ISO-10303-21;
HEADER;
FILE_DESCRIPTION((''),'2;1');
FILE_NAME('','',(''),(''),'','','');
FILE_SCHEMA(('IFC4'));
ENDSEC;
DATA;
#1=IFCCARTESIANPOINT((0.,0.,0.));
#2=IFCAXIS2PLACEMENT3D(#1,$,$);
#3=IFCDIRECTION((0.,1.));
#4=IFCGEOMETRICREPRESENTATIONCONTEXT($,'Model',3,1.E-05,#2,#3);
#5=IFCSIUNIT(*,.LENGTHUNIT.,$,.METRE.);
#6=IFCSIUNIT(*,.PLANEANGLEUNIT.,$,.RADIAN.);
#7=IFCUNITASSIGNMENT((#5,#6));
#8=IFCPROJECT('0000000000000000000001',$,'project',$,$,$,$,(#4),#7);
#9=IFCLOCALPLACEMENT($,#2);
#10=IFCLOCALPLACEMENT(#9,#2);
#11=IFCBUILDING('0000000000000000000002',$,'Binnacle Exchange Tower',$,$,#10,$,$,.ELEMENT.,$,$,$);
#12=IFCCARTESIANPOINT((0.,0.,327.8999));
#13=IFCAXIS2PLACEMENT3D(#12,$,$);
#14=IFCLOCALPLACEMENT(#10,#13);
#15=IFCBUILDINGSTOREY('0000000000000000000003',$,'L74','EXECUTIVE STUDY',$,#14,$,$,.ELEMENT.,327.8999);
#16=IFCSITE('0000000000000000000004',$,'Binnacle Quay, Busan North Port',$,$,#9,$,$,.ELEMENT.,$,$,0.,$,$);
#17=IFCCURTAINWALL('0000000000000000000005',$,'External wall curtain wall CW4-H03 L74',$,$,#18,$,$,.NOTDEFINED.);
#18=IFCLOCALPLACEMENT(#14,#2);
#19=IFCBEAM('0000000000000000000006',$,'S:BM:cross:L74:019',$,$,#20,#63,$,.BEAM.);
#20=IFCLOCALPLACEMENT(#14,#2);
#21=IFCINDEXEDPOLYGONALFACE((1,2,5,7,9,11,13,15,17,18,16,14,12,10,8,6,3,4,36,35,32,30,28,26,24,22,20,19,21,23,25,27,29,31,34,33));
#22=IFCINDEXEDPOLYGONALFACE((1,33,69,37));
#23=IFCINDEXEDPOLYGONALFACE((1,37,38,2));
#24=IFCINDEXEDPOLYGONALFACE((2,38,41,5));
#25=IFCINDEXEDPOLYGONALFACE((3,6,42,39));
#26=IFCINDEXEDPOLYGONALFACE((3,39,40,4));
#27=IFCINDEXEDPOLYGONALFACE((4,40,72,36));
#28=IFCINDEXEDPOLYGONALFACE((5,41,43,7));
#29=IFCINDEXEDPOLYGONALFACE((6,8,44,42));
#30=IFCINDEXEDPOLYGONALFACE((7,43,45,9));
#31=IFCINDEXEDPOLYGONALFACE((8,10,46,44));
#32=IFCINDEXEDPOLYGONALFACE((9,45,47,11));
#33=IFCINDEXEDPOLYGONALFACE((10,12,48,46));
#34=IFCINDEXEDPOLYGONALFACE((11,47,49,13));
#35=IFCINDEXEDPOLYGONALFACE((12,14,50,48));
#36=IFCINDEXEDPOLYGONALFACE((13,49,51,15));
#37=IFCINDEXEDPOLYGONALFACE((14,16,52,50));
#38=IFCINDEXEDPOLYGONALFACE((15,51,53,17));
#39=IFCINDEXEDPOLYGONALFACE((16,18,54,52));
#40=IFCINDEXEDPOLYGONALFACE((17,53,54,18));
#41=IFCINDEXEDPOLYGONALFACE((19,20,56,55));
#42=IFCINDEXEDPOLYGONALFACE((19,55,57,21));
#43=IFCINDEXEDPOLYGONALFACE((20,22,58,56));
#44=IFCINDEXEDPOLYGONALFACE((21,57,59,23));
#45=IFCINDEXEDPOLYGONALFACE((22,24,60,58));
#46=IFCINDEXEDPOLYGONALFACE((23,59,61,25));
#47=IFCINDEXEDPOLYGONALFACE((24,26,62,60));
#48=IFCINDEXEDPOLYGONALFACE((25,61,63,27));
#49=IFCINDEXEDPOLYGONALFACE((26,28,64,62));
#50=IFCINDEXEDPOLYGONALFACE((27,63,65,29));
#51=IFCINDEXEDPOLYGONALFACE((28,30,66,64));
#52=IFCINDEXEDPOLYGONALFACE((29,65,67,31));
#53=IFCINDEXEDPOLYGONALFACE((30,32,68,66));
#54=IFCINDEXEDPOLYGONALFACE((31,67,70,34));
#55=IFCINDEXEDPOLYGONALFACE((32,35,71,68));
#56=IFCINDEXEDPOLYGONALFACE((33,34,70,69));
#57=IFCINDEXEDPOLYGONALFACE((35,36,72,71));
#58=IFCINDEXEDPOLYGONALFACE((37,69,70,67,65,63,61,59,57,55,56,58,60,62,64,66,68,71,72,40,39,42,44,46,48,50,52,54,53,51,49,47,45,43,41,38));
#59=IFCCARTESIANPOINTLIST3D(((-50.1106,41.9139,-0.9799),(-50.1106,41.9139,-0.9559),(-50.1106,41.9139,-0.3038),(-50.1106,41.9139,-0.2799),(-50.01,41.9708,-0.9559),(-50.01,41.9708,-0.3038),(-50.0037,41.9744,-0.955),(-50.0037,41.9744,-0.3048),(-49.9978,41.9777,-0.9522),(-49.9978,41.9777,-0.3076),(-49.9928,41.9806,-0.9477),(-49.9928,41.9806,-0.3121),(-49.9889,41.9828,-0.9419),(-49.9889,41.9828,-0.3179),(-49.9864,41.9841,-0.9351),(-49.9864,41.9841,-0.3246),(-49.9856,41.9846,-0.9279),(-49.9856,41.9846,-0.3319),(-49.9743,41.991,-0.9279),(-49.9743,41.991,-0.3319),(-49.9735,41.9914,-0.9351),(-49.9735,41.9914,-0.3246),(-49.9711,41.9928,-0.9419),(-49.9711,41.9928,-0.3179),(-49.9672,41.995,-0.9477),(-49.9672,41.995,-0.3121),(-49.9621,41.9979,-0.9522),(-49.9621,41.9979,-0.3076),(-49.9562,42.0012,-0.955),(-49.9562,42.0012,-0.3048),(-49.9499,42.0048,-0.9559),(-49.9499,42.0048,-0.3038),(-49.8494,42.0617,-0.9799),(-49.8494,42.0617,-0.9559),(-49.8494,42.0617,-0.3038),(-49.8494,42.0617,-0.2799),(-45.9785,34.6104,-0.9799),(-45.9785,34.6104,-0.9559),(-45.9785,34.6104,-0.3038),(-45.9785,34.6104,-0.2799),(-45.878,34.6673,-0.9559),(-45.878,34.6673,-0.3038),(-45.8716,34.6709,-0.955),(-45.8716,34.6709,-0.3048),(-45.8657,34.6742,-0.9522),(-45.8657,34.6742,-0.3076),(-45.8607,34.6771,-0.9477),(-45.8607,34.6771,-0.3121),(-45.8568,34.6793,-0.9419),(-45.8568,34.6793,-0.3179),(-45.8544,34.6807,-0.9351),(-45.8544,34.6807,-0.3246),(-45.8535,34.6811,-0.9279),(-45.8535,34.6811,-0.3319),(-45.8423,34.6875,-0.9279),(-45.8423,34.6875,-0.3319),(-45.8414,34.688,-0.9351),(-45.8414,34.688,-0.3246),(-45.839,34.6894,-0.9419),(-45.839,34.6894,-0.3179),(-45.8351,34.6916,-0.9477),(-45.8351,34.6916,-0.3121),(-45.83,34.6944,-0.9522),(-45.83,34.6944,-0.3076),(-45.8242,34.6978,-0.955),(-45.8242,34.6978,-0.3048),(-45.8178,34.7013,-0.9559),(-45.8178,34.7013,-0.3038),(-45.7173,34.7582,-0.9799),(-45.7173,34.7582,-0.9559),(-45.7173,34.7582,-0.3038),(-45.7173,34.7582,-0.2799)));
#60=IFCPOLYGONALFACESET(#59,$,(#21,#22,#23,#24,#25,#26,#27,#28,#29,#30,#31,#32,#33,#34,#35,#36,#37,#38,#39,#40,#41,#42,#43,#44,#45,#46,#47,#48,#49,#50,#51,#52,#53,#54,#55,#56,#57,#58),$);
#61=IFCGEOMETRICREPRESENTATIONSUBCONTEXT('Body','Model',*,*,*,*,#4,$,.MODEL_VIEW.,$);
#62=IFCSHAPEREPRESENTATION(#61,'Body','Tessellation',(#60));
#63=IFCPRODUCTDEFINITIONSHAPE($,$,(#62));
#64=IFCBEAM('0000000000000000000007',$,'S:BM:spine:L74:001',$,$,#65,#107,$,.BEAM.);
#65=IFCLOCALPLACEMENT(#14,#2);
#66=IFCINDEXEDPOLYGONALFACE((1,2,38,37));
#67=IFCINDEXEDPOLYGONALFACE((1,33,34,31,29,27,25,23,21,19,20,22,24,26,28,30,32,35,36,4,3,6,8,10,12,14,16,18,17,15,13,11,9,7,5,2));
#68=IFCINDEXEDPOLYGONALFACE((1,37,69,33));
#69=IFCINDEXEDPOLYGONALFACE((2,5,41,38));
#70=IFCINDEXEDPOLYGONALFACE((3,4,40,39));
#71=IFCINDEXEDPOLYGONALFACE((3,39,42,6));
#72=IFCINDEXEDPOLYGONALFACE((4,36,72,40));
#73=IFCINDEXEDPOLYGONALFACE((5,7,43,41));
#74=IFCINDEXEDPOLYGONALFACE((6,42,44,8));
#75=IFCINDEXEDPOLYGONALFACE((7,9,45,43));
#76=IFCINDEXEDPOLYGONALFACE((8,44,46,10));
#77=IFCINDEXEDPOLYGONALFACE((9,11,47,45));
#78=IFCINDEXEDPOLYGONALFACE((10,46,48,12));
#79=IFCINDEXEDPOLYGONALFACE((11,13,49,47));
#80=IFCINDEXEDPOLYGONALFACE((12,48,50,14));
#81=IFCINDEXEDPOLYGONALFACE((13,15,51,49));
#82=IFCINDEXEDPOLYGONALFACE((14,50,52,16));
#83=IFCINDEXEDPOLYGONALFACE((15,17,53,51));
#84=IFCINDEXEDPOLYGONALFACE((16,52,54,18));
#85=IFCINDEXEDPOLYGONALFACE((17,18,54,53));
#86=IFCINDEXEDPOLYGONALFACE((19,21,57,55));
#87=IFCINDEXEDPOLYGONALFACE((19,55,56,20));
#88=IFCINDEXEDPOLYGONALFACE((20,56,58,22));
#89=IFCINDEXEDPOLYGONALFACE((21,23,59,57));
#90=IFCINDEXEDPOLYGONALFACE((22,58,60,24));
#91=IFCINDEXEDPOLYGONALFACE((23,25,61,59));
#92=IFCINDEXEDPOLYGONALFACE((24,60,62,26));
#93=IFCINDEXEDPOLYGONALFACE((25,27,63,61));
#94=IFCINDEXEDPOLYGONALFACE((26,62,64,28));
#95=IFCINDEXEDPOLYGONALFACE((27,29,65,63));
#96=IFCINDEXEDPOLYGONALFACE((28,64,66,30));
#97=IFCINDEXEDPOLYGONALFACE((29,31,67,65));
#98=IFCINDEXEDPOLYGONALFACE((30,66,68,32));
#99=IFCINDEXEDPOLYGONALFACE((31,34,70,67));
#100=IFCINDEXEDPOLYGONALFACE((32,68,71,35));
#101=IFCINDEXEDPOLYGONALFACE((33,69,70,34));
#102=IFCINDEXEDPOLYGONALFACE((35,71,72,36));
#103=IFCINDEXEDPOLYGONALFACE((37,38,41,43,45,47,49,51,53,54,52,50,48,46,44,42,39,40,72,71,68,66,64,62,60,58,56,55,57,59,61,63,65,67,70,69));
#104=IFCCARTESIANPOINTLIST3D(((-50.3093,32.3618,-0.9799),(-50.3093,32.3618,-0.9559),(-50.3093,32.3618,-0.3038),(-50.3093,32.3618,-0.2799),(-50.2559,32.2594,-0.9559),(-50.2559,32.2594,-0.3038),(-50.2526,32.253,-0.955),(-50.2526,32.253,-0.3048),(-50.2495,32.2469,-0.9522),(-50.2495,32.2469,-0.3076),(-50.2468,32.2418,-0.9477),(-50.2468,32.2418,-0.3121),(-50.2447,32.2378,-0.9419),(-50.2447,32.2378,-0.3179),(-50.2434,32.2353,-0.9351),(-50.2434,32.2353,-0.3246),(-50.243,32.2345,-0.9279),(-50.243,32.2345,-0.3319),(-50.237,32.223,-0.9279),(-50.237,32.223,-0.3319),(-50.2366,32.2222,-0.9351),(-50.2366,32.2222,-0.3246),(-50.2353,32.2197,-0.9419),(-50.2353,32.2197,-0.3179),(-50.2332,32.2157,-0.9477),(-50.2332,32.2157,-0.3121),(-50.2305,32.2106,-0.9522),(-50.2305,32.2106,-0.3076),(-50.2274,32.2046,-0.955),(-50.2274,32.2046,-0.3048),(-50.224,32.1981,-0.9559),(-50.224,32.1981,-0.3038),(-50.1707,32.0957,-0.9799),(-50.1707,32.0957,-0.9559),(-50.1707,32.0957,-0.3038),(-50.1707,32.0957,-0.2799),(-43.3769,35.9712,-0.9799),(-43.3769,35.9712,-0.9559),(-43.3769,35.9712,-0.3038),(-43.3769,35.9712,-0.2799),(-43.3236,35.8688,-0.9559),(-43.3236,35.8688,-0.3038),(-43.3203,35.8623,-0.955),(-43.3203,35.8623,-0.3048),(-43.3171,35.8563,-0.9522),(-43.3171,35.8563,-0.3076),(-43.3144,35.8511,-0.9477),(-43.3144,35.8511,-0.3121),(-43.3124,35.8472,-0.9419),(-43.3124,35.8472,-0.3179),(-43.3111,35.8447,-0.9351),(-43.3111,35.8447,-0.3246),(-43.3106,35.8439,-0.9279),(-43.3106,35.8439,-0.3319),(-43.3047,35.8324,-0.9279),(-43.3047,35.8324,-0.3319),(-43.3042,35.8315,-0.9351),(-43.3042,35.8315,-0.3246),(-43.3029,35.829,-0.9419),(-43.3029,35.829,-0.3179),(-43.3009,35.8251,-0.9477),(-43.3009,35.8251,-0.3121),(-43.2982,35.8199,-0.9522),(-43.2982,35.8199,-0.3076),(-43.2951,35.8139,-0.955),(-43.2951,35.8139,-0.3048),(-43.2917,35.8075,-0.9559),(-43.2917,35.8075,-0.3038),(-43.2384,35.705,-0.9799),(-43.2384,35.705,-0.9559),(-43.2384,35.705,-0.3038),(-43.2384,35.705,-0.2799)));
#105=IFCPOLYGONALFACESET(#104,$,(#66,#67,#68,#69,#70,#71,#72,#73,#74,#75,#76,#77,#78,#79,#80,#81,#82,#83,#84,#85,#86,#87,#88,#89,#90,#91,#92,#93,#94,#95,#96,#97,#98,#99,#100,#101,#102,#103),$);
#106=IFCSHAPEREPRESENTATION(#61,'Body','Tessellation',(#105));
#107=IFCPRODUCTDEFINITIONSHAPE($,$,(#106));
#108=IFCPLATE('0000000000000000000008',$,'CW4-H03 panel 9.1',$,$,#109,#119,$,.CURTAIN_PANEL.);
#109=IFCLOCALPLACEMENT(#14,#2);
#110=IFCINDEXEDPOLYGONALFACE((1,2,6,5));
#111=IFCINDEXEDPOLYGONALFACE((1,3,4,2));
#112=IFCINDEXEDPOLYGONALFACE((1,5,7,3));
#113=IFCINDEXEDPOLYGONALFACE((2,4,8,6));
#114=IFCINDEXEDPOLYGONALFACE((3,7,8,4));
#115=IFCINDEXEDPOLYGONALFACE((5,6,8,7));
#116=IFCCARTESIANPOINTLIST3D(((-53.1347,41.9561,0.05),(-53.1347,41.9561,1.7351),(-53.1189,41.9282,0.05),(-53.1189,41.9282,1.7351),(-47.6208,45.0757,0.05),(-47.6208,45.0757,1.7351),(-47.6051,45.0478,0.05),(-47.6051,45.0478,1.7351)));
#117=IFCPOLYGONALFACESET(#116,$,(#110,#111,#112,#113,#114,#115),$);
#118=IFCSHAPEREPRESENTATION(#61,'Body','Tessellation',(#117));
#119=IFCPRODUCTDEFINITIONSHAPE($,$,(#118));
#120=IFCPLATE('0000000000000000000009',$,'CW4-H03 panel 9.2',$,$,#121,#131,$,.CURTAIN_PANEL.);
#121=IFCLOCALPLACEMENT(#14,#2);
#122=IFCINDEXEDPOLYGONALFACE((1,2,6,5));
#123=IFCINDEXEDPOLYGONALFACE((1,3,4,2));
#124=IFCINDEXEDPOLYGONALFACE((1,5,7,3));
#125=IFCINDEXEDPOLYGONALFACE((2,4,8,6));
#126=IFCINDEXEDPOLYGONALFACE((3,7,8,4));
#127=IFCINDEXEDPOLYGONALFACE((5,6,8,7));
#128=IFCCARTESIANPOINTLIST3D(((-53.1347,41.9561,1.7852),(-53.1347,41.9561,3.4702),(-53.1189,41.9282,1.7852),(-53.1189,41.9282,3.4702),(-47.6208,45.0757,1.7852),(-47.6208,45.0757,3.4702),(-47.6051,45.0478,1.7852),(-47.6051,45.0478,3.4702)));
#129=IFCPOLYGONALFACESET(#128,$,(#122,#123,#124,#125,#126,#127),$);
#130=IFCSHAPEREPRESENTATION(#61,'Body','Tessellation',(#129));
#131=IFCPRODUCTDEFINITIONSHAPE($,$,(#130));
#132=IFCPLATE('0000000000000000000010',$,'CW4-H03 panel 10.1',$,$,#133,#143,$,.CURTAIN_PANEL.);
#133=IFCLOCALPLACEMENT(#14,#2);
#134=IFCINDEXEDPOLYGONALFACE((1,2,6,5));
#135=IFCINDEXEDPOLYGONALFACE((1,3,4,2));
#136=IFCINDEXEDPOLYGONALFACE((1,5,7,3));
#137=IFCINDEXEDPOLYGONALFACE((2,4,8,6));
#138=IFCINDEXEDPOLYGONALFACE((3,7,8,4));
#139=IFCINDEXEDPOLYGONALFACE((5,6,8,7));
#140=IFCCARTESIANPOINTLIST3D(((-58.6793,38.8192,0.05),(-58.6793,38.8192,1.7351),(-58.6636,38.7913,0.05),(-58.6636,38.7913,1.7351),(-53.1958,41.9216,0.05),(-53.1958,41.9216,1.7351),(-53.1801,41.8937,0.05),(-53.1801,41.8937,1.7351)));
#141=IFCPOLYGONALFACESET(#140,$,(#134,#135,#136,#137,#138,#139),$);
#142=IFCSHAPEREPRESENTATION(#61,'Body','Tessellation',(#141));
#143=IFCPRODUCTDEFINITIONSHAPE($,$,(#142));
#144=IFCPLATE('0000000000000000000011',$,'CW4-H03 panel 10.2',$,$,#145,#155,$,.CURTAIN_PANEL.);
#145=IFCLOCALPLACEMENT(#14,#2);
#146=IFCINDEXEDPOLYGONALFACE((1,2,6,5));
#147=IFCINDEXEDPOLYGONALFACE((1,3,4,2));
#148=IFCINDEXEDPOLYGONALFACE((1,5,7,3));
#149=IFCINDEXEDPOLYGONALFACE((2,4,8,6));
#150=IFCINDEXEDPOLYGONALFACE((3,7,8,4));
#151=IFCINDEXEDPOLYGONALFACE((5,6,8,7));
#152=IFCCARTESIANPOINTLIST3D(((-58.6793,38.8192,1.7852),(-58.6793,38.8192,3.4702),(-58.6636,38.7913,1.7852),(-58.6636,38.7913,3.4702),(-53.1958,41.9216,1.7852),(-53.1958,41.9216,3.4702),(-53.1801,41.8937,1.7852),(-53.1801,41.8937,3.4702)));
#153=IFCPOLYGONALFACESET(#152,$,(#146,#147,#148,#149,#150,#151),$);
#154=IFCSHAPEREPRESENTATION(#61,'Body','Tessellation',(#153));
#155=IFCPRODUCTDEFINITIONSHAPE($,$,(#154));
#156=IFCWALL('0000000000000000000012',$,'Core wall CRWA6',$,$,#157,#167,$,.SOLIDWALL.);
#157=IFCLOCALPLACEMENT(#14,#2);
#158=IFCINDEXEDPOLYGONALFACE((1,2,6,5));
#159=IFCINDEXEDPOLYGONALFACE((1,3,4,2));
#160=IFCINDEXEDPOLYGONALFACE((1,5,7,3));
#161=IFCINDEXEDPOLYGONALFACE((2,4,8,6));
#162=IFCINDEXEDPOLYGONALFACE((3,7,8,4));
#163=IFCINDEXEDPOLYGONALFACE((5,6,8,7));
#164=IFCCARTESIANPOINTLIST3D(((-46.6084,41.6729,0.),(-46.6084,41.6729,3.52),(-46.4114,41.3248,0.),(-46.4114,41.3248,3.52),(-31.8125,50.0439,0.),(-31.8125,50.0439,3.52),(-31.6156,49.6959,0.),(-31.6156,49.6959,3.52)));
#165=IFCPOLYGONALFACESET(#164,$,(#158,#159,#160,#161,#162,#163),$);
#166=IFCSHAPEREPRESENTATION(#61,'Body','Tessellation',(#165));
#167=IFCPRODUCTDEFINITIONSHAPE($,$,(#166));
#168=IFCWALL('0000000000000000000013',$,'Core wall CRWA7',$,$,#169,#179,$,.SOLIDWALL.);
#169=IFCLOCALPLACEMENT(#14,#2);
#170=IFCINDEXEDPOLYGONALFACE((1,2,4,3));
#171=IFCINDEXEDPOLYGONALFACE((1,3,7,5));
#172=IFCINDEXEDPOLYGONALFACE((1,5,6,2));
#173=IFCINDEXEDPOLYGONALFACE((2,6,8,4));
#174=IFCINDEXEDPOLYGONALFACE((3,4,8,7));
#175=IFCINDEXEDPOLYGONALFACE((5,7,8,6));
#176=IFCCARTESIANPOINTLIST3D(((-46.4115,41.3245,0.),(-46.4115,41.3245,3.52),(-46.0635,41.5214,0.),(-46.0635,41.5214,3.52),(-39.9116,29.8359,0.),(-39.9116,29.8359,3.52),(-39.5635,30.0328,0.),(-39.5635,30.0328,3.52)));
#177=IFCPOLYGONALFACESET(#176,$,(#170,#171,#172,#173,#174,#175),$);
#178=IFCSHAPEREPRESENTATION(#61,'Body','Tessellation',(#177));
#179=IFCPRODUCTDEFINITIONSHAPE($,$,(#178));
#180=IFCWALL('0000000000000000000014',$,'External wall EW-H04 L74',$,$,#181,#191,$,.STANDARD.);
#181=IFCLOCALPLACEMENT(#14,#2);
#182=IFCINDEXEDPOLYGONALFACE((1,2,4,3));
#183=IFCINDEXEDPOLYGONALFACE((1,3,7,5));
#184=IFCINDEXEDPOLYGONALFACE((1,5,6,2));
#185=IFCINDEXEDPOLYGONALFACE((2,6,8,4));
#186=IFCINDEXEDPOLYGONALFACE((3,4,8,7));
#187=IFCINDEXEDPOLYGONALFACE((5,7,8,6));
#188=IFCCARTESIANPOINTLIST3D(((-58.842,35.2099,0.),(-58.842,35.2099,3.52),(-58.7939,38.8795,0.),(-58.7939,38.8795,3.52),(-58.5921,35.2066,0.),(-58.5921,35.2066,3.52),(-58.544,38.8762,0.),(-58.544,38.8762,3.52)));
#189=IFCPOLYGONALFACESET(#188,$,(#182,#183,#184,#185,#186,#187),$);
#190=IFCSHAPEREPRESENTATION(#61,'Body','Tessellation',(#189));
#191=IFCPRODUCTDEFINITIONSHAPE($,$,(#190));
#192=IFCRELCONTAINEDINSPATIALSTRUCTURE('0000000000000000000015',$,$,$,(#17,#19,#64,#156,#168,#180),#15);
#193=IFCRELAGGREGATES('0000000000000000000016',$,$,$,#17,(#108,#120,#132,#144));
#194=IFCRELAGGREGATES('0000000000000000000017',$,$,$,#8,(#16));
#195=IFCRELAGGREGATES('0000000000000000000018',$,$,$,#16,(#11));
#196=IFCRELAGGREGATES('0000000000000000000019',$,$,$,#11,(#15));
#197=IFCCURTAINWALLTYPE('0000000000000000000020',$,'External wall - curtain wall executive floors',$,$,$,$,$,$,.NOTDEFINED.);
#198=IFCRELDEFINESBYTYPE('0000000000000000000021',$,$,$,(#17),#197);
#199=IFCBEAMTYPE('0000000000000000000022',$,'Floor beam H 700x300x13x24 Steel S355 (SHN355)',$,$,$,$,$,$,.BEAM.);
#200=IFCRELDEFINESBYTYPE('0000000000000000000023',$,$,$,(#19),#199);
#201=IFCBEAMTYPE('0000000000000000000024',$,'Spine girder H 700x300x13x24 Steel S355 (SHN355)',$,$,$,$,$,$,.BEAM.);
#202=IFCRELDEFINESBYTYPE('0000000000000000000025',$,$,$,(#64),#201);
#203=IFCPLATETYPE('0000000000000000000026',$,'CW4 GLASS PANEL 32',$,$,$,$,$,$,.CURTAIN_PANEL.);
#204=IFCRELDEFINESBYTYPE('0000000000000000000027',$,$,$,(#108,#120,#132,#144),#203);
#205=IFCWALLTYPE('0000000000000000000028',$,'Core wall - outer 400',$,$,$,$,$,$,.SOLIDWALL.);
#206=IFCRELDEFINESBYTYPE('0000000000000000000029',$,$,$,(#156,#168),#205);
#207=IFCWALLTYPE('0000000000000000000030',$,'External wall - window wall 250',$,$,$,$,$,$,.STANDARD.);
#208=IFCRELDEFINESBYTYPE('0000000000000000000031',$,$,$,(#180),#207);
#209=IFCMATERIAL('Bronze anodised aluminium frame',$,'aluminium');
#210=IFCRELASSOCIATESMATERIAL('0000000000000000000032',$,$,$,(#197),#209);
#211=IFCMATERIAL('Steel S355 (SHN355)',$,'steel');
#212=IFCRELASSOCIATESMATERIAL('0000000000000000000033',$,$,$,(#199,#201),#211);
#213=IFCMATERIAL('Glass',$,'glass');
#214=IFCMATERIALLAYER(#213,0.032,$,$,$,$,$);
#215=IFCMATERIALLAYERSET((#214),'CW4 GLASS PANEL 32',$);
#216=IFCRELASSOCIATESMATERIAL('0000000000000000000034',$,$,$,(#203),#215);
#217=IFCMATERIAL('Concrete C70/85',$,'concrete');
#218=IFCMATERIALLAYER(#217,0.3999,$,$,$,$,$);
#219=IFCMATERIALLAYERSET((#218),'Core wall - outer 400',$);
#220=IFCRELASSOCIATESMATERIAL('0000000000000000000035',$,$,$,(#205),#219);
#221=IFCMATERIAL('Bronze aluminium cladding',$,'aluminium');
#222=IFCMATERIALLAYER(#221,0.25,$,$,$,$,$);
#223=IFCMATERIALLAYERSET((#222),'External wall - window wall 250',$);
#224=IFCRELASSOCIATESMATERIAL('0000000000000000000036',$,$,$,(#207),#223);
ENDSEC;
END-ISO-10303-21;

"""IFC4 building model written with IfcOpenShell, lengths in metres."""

from ifc_helpers import new_model, si_unit, direction, frame, frame_2d, origin, origin_2d, place, context, subcontext, project, spatial, rectangle, i_section, extrude, material, layer, layer_set, material_profile, profile_set, type_object, element, aggregate, save


model = new_model("IFC4")

# Units and contexts
model_context = context("Model", 3, precision=1e-05, world=origin(), true_north=direction((0.0, 1.0)))
body_context = subcontext(model_context, "Body", "Model", "MODEL_VIEW")
ifc_project = project(units=[si_unit("LENGTHUNIT", "METRE"), si_unit("PLANEANGLEUNIT", "RADIAN")], contexts=[model_context])

# Site, building, storey
site_placement = place(None, origin())
site = spatial("IfcSite", under=ifc_project, at=site_placement, Name="Binnacle Quay, Busan North Port", CompositionType="ELEMENT", RefElevation=0.0)
building_placement = place(site_placement, origin())
building = spatial("IfcBuilding", under=site, at=building_placement, Name="Binnacle Exchange Tower", CompositionType="ELEMENT")
storey_placement = place(building_placement, frame((0.0, 0.0, 327.8999)))
storey = spatial("IfcBuildingStorey", under=building, at=storey_placement, Name="L74", Description="EXECUTIVE STUDY", CompositionType="ELEMENT", Elevation=327.8999)

# Curtain wall
ifc_material_1 = material(Name="Bronze anodised aluminium frame", Category="aluminium")
curtain_wall_type = type_object("IfcCurtainWallType", Name="External wall - curtain wall executive floors", PredefinedType="NOTDEFINED", material=ifc_material_1)
curtain_wall_placement = place(storey_placement, origin())
curtain_wall = element("IfcCurtainWall", 1, at=curtain_wall_placement, inside=storey, type_object=curtain_wall_type, Name="External wall curtain wall CW4-H03 L74", PredefinedType="NOTDEFINED")

# Beams
ifc_material_2 = material(Name="Steel S355 (SHN355)", Category="steel")
ifc_material_profile_1 = material_profile(ifc_material_2, i_section(OverallWidth=0.3, OverallDepth=0.7, WebThickness=0.0129, FlangeThickness=0.0239, FilletRadius=0.0281, at=origin_2d()), Name="H 700x300x13x24")
ifc_profile_set_1 = profile_set([ifc_material_profile_1], Name="Steel S355 (SHN355)")
beam_type_1 = type_object("IfcBeamType", Name="Floor beam H 700x300x13x24 Steel S355 (SHN355)", PredefinedType="BEAM", material=ifc_profile_set_1)
beam_1_placement = place(storey_placement, frame((-49.98, 41.9878, -0.6299), z_axis=(0.492422, -0.870357, 0.0), x_axis=(0.870357, 0.492422, 0.0)))
element("IfcBeam", 2, at=beam_1_placement, inside=storey, type_object=beam_type_1, Name="S:BM:cross:L74:019", PredefinedType="BEAM", context=body_context, shape_type="SweptSolid", body=[
    extrude(i_section(OverallWidth=0.3, OverallDepth=0.7, WebThickness=0.0129, FlangeThickness=0.0239, FilletRadius=0.0281, at=origin_2d()), origin(), (0.0, 0.0, 1.0), 8.3914),
])
ifc_material_profile_2 = material_profile(ifc_material_2, i_section(OverallWidth=0.3, OverallDepth=0.7, WebThickness=0.0129, FlangeThickness=0.0239, FilletRadius=0.0281, at=origin_2d()), Name="H 700x300x13x24")
ifc_profile_set_2 = profile_set([ifc_material_profile_2], Name="Steel S355 (SHN355)")
beam_type_2 = type_object("IfcBeamType", Name="Spine girder H 700x300x13x24 Steel S355 (SHN355)", PredefinedType="BEAM", material=ifc_profile_set_2)
beam_2_placement = place(storey_placement, frame((-50.24, 32.2288, -0.6299), z_axis=(0.886979, 0.46181, 0.0), x_axis=(-0.46181, 0.886979, 0.0)))
element("IfcBeam", 3, at=beam_2_placement, inside=storey, type_object=beam_type_2, Name="S:BM:spine:L74:001", PredefinedType="BEAM", context=body_context, shape_type="SweptSolid", body=[
    extrude(i_section(OverallWidth=0.3, OverallDepth=0.7, WebThickness=0.0129, FlangeThickness=0.0239, FilletRadius=0.0281, at=origin_2d()), origin(), (0.0, 0.0, 1.0), 7.8157),
])

# Plates
ifc_material_3 = material(Name="Glass", Category="glass")
ifc_layer_1 = layer(ifc_material_3, 0.032)
ifc_layer_set_1 = layer_set([ifc_layer_1], Name="CW4 GLASS PANEL 32")
plate_type = type_object("IfcPlateType", Name="CW4 GLASS PANEL 32", PredefinedType="CURTAIN_PANEL", material=ifc_layer_set_1)
plate_1_placement = place(storey_placement, frame((-50.3699, 43.502, 0.05), z_axis=(0.0, 0.0, 1.0), x_axis=(-0.870356, -0.492424, 0.0)))
plate_1 = element("IfcPlate", 4, at=plate_1_placement, type_object=plate_type, Name="CW4-H03 panel 9.1", PredefinedType="CURTAIN_PANEL", context=body_context, shape_type="SweptSolid", body=[
    extrude(rectangle(XDim=6.3352, YDim=0.032, at=origin_2d()), origin(), (0.0, 0.0, 1.0), 1.6851),
])
plate_2_placement = place(storey_placement, frame((-50.3699, 43.502, 1.7852), z_axis=(0.0, 0.0, 1.0), x_axis=(-0.870356, -0.492424, 0.0)))
plate_2 = element("IfcPlate", 5, at=plate_2_placement, type_object=plate_type, Name="CW4-H03 panel 9.2", PredefinedType="CURTAIN_PANEL", context=body_context, shape_type="SweptSolid", body=[
    extrude(rectangle(XDim=6.3352, YDim=0.032, at=origin_2d()), origin(), (0.0, 0.0, 1.0), 1.6851),
])
plate_3_placement = place(storey_placement, frame((-55.9297, 40.3564, 0.05), z_axis=(0.0, 0.0, 1.0), x_axis=(-0.870356, -0.492424, 0.0)))
plate_3 = element("IfcPlate", 6, at=plate_3_placement, type_object=plate_type, Name="CW4-H03 panel 10.1", PredefinedType="CURTAIN_PANEL", context=body_context, shape_type="SweptSolid", body=[
    extrude(rectangle(XDim=6.3003, YDim=0.032, at=origin_2d()), origin(), (0.0, 0.0, 1.0), 1.6851),
])
plate_4_placement = place(storey_placement, frame((-55.9297, 40.3564, 1.7852), z_axis=(0.0, 0.0, 1.0), x_axis=(-0.870356, -0.492424, 0.0)))
plate_4 = element("IfcPlate", 7, at=plate_4_placement, type_object=plate_type, Name="CW4-H03 panel 10.2", PredefinedType="CURTAIN_PANEL", context=body_context, shape_type="SweptSolid", body=[
    extrude(rectangle(XDim=6.3003, YDim=0.032, at=origin_2d()), origin(), (0.0, 0.0, 1.0), 1.6851),
])
aggregate(curtain_wall, [plate_1, plate_2, plate_3, plate_4])

# Walls
ifc_material_4 = material(Name="Concrete C70/85", Category="concrete")
ifc_layer_2 = layer(ifc_material_4, 0.3999)
ifc_layer_set_2 = layer_set([ifc_layer_2], Name="Core wall - outer 400")
wall_type_1 = type_object("IfcWallType", Name="Core wall - outer 400", PredefinedType="SOLIDWALL", material=ifc_layer_set_2)
wall_1_placement = place(storey_placement, frame((-46.51, 41.4988, 0.0), z_axis=(0.0, 0.0, 1.0), x_axis=(0.870356, 0.492423, 0.0)))
element("IfcWall", 8, at=wall_1_placement, inside=storey, type_object=wall_type_1, Name="Core wall CRWA6", PredefinedType="SOLIDWALL", context=body_context, shape_type="SweptSolid", body=[
    extrude(rectangle(XDim=16.9998, YDim=0.3999, at=frame_2d((8.5, 0.0))), origin(), (0.0, 0.0, 1.0), 3.52),
])
wall_2_placement = place(storey_placement, frame((-46.2375, 41.4231, 0.0), z_axis=(0.0, 0.0, 1.0), x_axis=(0.492422, -0.870357, 0.0)))
element("IfcWall", 9, at=wall_2_placement, inside=storey, type_object=wall_type_1, Name="Core wall CRWA7", PredefinedType="SOLIDWALL", context=body_context, shape_type="SweptSolid", body=[
    extrude(rectangle(XDim=13.2, YDim=0.3999, at=frame_2d((6.6001, 0.0))), origin(), (0.0, 0.0, 1.0), 3.52),
])
ifc_material_5 = material(Name="Bronze aluminium cladding", Category="aluminium")
ifc_layer_3 = layer(ifc_material_5, 0.25)
ifc_layer_set_3 = layer_set([ifc_layer_3], Name="External wall - window wall 250")
wall_type_2 = type_object("IfcWallType", Name="External wall - window wall 250", PredefinedType="STANDARD", material=ifc_layer_set_3)
wall_3_placement = place(storey_placement, frame((-58.717, 35.2083, 0.0), z_axis=(0.0, 0.0, 1.0), x_axis=(0.013105, 0.999914, 0.0)))
element("IfcWall", 10, at=wall_3_placement, inside=storey, type_object=wall_type_2, Name="External wall EW-H04 L74", PredefinedType="STANDARD", context=body_context, shape_type="SweptSolid", body=[
    extrude(rectangle(XDim=3.6699, YDim=0.25, at=frame_2d((1.835, 0.0))), origin(), (0.0, 0.0, 1.0), 3.52),
])

save(model, "model.ifc")
